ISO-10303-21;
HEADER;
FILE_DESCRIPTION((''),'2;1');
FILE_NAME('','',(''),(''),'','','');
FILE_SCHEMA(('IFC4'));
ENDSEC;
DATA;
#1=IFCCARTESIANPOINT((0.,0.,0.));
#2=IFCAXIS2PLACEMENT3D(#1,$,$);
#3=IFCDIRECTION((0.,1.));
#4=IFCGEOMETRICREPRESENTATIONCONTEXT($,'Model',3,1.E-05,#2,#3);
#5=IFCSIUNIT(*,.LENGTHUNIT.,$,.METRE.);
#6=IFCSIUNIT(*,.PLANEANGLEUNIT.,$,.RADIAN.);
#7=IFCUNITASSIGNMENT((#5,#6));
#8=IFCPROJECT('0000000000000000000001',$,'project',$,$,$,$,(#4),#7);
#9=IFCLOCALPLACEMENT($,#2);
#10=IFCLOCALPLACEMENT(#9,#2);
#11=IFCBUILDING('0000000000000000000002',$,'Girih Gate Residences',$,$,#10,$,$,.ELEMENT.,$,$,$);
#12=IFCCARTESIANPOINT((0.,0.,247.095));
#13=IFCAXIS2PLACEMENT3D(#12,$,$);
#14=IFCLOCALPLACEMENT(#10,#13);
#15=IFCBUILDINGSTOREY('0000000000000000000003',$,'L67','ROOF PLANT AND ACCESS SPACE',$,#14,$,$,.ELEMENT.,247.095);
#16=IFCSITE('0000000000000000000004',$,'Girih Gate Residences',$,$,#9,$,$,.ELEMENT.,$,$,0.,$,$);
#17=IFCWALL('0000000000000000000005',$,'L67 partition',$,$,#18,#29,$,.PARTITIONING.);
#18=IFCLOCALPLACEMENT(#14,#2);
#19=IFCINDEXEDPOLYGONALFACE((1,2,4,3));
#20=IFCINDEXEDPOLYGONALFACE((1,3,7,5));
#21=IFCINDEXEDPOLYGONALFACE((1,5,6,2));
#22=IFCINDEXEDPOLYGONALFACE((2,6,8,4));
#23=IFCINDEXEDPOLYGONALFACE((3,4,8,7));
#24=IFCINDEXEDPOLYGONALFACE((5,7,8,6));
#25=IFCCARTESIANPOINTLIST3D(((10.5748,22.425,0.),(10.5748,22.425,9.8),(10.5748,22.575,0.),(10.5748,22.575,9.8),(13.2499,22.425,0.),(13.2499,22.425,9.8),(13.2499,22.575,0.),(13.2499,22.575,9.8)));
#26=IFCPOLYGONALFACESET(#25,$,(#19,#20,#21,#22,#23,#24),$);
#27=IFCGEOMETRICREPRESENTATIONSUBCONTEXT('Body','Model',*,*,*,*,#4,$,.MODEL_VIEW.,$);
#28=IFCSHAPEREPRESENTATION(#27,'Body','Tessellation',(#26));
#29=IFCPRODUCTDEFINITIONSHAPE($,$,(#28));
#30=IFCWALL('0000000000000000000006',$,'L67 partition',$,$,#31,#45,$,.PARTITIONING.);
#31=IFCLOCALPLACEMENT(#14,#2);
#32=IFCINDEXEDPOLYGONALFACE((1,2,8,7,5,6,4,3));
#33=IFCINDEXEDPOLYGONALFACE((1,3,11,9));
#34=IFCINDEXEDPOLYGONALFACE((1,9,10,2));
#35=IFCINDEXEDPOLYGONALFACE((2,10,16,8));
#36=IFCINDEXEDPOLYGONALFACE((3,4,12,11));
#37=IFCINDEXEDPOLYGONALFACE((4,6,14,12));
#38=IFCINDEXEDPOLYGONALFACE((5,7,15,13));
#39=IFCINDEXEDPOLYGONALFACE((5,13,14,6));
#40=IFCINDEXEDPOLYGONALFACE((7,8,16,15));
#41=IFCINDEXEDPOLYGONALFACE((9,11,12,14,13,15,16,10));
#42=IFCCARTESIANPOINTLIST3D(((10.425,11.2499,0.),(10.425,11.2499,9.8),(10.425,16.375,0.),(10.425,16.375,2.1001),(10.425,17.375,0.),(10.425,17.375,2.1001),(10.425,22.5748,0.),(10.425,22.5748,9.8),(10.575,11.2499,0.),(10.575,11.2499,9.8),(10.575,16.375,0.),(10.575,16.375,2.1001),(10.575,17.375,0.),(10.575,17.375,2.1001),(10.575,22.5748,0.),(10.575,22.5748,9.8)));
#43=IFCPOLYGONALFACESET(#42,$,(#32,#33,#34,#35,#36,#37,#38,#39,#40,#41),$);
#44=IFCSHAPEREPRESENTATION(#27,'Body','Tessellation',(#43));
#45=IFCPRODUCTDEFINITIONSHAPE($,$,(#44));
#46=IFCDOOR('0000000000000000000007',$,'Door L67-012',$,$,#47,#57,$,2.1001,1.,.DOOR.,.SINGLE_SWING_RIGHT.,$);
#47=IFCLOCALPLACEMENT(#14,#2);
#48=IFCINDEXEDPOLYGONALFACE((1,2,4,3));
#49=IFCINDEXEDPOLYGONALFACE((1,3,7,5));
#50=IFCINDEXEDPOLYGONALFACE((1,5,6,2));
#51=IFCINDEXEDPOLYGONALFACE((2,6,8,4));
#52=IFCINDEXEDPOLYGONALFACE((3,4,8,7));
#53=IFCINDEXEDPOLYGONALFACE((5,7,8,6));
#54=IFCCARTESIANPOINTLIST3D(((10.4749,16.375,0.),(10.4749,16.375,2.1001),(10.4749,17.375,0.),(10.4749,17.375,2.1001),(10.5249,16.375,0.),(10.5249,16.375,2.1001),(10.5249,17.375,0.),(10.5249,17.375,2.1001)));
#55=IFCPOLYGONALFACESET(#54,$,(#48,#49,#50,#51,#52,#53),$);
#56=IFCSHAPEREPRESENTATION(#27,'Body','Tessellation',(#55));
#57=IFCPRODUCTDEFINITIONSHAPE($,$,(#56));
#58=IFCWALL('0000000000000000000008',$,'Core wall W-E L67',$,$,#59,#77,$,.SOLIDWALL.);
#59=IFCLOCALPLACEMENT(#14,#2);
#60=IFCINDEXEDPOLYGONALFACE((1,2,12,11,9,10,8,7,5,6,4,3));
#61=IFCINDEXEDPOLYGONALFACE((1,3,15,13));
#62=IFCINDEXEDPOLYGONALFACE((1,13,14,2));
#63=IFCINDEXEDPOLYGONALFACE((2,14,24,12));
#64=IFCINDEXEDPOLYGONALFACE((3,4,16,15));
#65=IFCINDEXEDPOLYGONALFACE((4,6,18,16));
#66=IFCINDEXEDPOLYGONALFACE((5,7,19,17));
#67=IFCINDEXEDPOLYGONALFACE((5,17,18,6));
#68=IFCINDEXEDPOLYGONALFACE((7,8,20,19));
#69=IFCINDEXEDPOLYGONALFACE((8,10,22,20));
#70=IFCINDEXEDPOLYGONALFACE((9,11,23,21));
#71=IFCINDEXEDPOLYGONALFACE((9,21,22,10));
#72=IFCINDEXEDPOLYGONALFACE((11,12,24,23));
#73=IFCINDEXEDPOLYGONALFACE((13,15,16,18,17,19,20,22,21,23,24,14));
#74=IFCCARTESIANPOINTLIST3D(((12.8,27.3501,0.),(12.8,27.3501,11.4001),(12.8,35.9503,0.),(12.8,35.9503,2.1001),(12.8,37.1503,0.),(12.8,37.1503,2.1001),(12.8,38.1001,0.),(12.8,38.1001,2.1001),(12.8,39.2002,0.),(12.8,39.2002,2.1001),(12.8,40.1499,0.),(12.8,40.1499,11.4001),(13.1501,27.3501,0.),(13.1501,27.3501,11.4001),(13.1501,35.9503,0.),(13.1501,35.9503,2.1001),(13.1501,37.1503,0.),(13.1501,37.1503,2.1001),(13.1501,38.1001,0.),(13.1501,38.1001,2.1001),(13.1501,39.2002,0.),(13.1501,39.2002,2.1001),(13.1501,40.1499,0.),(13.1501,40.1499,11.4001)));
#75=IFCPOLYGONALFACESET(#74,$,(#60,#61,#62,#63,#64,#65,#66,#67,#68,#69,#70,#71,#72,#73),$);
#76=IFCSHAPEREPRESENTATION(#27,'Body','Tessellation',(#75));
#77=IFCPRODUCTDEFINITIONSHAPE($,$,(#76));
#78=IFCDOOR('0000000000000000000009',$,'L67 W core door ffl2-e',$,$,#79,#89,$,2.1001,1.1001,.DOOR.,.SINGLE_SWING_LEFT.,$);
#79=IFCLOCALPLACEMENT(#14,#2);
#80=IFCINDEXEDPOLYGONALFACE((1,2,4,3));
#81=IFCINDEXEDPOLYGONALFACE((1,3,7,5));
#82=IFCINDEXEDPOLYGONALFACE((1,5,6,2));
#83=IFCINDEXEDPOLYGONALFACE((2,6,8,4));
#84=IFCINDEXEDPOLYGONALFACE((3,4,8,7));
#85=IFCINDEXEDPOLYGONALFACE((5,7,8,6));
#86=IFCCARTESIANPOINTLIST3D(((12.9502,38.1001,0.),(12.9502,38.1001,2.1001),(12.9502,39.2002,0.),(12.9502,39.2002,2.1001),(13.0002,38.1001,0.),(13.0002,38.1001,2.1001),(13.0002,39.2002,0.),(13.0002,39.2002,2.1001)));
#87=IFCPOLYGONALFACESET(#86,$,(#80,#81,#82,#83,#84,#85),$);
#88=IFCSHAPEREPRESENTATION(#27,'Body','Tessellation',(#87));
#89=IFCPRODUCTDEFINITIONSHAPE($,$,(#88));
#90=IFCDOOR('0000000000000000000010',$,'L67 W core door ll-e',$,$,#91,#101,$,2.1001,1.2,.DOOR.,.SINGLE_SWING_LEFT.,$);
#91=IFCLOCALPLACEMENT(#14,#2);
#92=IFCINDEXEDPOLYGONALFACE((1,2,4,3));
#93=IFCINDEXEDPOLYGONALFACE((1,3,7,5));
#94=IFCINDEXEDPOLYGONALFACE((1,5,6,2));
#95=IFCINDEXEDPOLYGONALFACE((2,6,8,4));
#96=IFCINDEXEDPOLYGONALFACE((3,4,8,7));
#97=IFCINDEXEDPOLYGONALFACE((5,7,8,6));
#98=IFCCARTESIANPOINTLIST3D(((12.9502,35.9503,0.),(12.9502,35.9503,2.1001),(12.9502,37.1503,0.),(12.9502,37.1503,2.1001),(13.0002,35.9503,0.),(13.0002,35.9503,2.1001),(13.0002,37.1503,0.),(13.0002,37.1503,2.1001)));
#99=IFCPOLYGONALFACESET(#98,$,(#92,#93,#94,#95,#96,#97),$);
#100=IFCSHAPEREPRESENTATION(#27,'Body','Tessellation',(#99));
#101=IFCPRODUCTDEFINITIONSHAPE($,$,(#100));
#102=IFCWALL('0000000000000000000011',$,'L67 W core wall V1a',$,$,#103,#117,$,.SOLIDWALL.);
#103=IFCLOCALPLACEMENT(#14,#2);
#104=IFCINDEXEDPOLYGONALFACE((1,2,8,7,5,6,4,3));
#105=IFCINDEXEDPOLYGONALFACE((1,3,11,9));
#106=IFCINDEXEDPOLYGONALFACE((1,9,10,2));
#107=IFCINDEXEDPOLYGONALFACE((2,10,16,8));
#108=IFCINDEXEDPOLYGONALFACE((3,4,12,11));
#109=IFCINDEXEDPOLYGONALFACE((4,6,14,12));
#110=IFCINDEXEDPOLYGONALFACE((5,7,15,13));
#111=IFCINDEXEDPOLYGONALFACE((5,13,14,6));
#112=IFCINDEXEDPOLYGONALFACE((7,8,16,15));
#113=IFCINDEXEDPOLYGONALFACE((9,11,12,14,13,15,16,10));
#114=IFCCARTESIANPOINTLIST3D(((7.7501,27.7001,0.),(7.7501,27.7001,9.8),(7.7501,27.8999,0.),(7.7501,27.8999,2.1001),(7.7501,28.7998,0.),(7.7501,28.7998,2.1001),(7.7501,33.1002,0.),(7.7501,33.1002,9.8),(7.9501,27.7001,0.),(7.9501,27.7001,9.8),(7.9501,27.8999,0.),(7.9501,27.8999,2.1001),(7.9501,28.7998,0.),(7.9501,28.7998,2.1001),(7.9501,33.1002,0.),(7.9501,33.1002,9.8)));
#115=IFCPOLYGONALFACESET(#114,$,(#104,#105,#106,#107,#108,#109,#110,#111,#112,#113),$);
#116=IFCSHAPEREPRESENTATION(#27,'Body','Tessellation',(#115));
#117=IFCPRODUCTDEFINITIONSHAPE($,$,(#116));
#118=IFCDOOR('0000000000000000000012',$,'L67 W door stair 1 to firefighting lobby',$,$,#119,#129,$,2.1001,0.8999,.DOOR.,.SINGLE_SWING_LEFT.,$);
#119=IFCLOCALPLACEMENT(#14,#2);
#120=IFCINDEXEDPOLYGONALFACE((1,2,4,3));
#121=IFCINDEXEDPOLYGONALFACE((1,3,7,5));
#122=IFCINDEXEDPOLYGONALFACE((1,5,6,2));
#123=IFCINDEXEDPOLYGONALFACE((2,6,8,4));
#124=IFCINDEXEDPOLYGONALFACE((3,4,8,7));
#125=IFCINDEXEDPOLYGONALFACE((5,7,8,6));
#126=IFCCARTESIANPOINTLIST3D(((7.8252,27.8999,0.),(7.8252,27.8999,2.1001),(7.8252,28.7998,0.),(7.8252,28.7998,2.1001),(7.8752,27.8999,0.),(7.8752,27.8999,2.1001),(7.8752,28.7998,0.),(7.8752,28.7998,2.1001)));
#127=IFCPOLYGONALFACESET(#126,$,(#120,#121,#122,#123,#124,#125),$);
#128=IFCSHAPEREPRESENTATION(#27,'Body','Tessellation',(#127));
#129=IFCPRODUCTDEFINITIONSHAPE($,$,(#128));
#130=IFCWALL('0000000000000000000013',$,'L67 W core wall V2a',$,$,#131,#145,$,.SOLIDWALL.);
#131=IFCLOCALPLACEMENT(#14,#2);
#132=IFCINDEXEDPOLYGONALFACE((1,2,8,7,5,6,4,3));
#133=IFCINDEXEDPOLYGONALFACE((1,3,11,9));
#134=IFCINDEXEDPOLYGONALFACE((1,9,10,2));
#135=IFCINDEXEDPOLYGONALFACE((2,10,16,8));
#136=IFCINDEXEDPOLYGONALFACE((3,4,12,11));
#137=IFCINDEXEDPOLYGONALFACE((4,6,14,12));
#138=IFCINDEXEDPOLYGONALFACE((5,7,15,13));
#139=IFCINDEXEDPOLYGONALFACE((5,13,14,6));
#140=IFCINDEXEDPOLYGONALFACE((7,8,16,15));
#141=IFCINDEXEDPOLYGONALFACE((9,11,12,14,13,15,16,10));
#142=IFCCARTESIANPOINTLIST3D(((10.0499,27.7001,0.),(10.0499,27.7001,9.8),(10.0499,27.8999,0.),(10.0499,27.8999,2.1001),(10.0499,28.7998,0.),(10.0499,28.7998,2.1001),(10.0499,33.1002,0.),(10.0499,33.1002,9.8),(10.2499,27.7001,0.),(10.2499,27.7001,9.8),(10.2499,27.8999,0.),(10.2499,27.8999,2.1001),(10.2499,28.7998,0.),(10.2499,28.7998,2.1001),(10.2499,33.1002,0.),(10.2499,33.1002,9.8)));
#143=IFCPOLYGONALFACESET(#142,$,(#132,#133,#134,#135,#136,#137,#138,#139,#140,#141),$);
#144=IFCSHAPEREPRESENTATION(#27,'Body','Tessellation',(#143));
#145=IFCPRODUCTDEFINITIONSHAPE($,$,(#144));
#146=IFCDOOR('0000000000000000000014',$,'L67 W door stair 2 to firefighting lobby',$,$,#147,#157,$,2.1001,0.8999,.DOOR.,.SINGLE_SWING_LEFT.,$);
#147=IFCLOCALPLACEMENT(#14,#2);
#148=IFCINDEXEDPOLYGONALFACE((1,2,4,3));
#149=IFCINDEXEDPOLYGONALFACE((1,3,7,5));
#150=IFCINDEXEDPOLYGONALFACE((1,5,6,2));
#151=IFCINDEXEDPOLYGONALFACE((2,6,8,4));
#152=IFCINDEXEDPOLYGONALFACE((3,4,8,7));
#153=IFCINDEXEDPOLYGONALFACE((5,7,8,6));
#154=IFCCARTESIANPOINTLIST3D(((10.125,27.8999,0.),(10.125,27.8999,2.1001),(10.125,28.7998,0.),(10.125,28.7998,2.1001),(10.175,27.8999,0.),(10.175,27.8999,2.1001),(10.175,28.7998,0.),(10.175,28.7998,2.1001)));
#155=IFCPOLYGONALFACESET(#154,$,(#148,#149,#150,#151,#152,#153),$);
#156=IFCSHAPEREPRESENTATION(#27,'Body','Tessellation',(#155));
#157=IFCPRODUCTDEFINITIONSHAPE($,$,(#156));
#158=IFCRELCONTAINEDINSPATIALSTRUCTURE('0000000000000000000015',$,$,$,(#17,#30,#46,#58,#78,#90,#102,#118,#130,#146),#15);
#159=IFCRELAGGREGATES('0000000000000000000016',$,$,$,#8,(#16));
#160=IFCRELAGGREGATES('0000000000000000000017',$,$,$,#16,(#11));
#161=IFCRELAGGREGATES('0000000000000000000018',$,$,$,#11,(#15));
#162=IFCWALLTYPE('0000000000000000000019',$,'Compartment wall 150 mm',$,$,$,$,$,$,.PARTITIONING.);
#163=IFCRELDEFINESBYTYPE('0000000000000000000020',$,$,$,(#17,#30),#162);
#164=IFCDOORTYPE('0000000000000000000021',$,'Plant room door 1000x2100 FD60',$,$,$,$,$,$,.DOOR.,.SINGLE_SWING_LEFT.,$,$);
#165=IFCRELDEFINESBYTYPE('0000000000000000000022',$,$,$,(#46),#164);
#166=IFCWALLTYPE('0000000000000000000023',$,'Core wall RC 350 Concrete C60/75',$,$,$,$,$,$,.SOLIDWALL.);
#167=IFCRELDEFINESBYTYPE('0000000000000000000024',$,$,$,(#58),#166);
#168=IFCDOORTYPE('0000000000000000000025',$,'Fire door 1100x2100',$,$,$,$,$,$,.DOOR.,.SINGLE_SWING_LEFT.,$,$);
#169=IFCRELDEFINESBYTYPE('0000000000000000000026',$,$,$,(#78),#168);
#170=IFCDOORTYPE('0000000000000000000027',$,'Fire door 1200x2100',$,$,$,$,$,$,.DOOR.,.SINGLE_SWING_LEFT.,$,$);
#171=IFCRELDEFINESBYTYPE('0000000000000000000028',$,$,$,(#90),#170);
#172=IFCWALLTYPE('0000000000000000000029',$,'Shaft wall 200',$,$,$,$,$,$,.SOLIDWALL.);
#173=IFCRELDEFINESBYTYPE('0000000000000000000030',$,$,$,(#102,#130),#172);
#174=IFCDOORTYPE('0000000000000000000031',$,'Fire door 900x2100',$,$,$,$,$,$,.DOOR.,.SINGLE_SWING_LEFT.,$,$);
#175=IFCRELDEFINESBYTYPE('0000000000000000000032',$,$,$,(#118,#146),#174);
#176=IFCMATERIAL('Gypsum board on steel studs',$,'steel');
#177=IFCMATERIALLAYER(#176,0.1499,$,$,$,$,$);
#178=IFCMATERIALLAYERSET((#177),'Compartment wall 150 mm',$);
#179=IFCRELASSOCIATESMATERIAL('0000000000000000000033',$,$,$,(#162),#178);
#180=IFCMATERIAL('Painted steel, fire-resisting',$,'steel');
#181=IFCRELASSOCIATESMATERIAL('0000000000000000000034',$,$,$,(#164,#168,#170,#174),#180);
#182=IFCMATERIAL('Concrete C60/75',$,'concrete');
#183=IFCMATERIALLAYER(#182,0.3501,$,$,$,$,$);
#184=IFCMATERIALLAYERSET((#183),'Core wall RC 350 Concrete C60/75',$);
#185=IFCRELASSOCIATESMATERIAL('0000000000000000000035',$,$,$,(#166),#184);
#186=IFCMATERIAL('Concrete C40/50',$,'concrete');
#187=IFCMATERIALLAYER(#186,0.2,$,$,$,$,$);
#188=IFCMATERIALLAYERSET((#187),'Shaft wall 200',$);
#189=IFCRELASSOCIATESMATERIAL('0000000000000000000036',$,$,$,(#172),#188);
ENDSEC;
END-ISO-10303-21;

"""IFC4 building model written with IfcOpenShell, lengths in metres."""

from ifc_helpers import new_model, si_unit, direction, frame, frame_2d, origin, place, context, subcontext, project, spatial, rectangle, extrude, material, layer, layer_set, type_object, element, fill, save


model = new_model("IFC4")

# Units and contexts
model_context = context("Model", 3, precision=1e-05, world=origin(), true_north=direction((0.0, 1.0)))
body_context = subcontext(model_context, "Body", "Model", "MODEL_VIEW")
ifc_project = project(units=[si_unit("LENGTHUNIT", "METRE"), si_unit("PLANEANGLEUNIT", "RADIAN")], contexts=[model_context])

# Site, building, storey
site_placement = place(None, origin())
site = spatial("IfcSite", under=ifc_project, at=site_placement, Name="Girih Gate Residences", CompositionType="ELEMENT", RefElevation=0.0)
building_placement = place(site_placement, origin())
building = spatial("IfcBuilding", under=site, at=building_placement, Name="Girih Gate Residences", CompositionType="ELEMENT")
storey_placement = place(building_placement, frame((0.0, 0.0, 247.095)))
storey = spatial("IfcBuildingStorey", under=building, at=storey_placement, Name="L67", Description="ROOF PLANT AND ACCESS SPACE", CompositionType="ELEMENT", Elevation=247.095)

# Wall
ifc_material_1 = material(Name="Gypsum board on steel studs", Category="steel")
ifc_layer_1 = layer(ifc_material_1, 0.1499)
ifc_layer_set_1 = layer_set([ifc_layer_1], Name="Compartment wall 150 mm")
wall_type_1 = type_object("IfcWallType", Name="Compartment wall 150 mm", PredefinedType="PARTITIONING", material=ifc_layer_set_1)
wall_1_placement = place(storey_placement, frame((10.575, 22.5, 0.0), z_axis=(0.0, 0.0, 1.0), x_axis=(1.0, 0.0, 0.0)))
element("IfcWall", 1, at=wall_1_placement, inside=storey, type_object=wall_type_1, Name="L67 partition", PredefinedType="PARTITIONING", context=body_context, shape_type="SweptSolid", body=[
    extrude(rectangle(XDim=2.675, YDim=0.1499, at=frame_2d((1.3374, 0.0))), origin(), (0.0, 0.0, 1.0), 9.8),
])

# Wall, opening, door
wall_2_placement = place(storey_placement, frame((10.5, 22.575, 0.0), z_axis=(0.0, 0.0, 1.0), x_axis=(0.0, -1.0, 0.0)))
wall_2 = element("IfcWall", 2, at=wall_2_placement, inside=storey, type_object=wall_type_1, Name="L67 partition", PredefinedType="PARTITIONING", context=body_context, shape_type="SweptSolid", body=[
    extrude(rectangle(XDim=11.325, YDim=0.1499, at=frame_2d((5.6626, 0.0))), origin(), (0.0, 0.0, 1.0), 9.8),
])
opening_1_placement = place(wall_2_placement, frame((5.2, 0.0, 0.0)))
opening_1 = element("IfcOpeningElement", 3, at=opening_1_placement, cuts=wall_2, PredefinedType="OPENING", context=body_context, shape_type="SweptSolid", body=[
    extrude(rectangle(XDim=1.0, YDim=2.1001, at=frame_2d((0.5, 1.05))), frame((0.0, 0.085, 0.0), z_axis=(0.0, -1.0, 0.0), x_axis=(1.0, 0.0, 0.0)), (0.0, 0.0, 1.0), 0.1699),
])
ifc_material_2 = material(Name="Painted steel, fire-resisting", Category="steel")
door_type_1 = type_object("IfcDoorType", Name="Plant room door 1000x2100 FD60", OperationType="SINGLE_SWING_LEFT", PredefinedType="DOOR", material=ifc_material_2)
door_1_placement = place(opening_1_placement, origin())
door_1 = element("IfcDoor", 4, at=door_1_placement, inside=storey, type_object=door_type_1, Name="Door L67-012", OperationType="SINGLE_SWING_RIGHT", OverallHeight=2.1001, OverallWidth=1.0, PredefinedType="DOOR", context=body_context, shape_type="SweptSolid", body=[
    extrude(rectangle(XDim=1.0, YDim=2.1001, at=frame_2d((0.5, 1.05))), frame((0.0, 0.0249, 0.0), z_axis=(0.0, -1.0, 0.0), x_axis=(1.0, 0.0, 0.0)), (0.0, 0.0, 1.0), 0.05),
])
fill(opening_1, door_1)

# Wall, openings, doors
ifc_material_3 = material(Name="Concrete C60/75", Category="concrete")
ifc_layer_2 = layer(ifc_material_3, 0.3501)
ifc_layer_set_2 = layer_set([ifc_layer_2], Name="Core wall RC 350 Concrete C60/75")
wall_type_2 = type_object("IfcWallType", Name="Core wall RC 350 Concrete C60/75", PredefinedType="SOLIDWALL", material=ifc_layer_set_2)
wall_3_placement = place(storey_placement, frame((12.9751, 27.3501, 0.0), z_axis=(0.0, 0.0, 1.0), x_axis=(0.0, 1.0, 0.0)))
wall_3 = element("IfcWall", 5, at=wall_3_placement, inside=storey, type_object=wall_type_2, Name="Core wall W-E L67", PredefinedType="SOLIDWALL", context=body_context, shape_type="SweptSolid", body=[
    extrude(rectangle(XDim=12.7998, YDim=0.3501, at=frame_2d((6.3999, 0.0))), origin(), (0.0, 0.0, 1.0), 11.4001),
])
opening_2_placement = place(wall_3_placement, frame((10.75, 0.0, 0.0)))
opening_2 = element("IfcOpeningElement", 6, at=opening_2_placement, cuts=wall_3, PredefinedType="OPENING", context=body_context, shape_type="SweptSolid", body=[
    extrude(rectangle(XDim=1.1001, YDim=2.1001, at=frame_2d((0.55, 1.05))), frame((0.0, 0.1851, 0.0), z_axis=(0.0, -1.0, 0.0), x_axis=(1.0, 0.0, 0.0)), (0.0, 0.0, 1.0), 0.3701),
])
opening_3_placement = place(wall_3_placement, frame((8.6001, 0.0, 0.0)))
opening_3 = element("IfcOpeningElement", 7, at=opening_3_placement, cuts=wall_3, PredefinedType="OPENING", context=body_context, shape_type="SweptSolid", body=[
    extrude(rectangle(XDim=1.2, YDim=2.1001, at=frame_2d((0.6001, 1.05))), frame((0.0, 0.1851, 0.0), z_axis=(0.0, -1.0, 0.0), x_axis=(1.0, 0.0, 0.0)), (0.0, 0.0, 1.0), 0.3701),
])
door_type_2 = type_object("IfcDoorType", Name="Fire door 1100x2100", OperationType="SINGLE_SWING_LEFT", PredefinedType="DOOR", material=ifc_material_2)
door_2_placement = place(opening_2_placement, origin())
door_2 = element("IfcDoor", 8, at=door_2_placement, inside=storey, type_object=door_type_2, Name="L67 W core door ffl2-e", OperationType="SINGLE_SWING_LEFT", OverallHeight=2.1001, OverallWidth=1.1001, PredefinedType="DOOR", context=body_context, shape_type="SweptSolid", body=[
    extrude(rectangle(XDim=1.1001, YDim=2.1001, at=frame_2d((0.55, 1.05))), frame((0.0, 0.0249, 0.0), z_axis=(0.0, -1.0, 0.0), x_axis=(1.0, 0.0, 0.0)), (0.0, 0.0, 1.0), 0.05),
])
fill(opening_2, door_2)
door_type_3 = type_object("IfcDoorType", Name="Fire door 1200x2100", OperationType="SINGLE_SWING_LEFT", PredefinedType="DOOR", material=ifc_material_2)
door_3_placement = place(opening_3_placement, origin())
door_3 = element("IfcDoor", 9, at=door_3_placement, inside=storey, type_object=door_type_3, Name="L67 W core door ll-e", OperationType="SINGLE_SWING_LEFT", OverallHeight=2.1001, OverallWidth=1.2, PredefinedType="DOOR", context=body_context, shape_type="SweptSolid", body=[
    extrude(rectangle(XDim=1.2, YDim=2.1001, at=frame_2d((0.6001, 1.05))), frame((0.0, 0.0249, 0.0), z_axis=(0.0, -1.0, 0.0), x_axis=(1.0, 0.0, 0.0)), (0.0, 0.0, 1.0), 0.05),
])
fill(opening_3, door_3)

# Walls, openings, doors
ifc_material_4 = material(Name="Concrete C40/50", Category="concrete")
ifc_layer_3 = layer(ifc_material_4, 0.2)
ifc_layer_set_3 = layer_set([ifc_layer_3], Name="Shaft wall 200")
wall_type_3 = type_object("IfcWallType", Name="Shaft wall 200", PredefinedType="SOLIDWALL", material=ifc_layer_set_3)
wall_4_placement = place(storey_placement, frame((7.8501, 27.7, 0.0), z_axis=(0.0, 0.0, 1.0), x_axis=(0.0, 1.0, 0.0)))
wall_4 = element("IfcWall", 10, at=wall_4_placement, inside=storey, type_object=wall_type_3, Name="L67 W core wall V1a", PredefinedType="SOLIDWALL", context=body_context, shape_type="SweptSolid", body=[
    extrude(rectangle(XDim=5.4001, YDim=0.2, at=frame_2d((2.7002, 0.0))), origin(), (0.0, 0.0, 1.0), 9.8),
])
opening_4_placement = place(wall_4_placement, frame((0.2, 0.0, 0.0)))
opening_4 = element("IfcOpeningElement", 11, at=opening_4_placement, cuts=wall_4, PredefinedType="OPENING", context=body_context, shape_type="SweptSolid", body=[
    extrude(rectangle(XDim=0.8999, YDim=2.1001, at=frame_2d((0.45, 1.05))), frame((0.0, 0.1099, 0.0), z_axis=(0.0, -1.0, 0.0), x_axis=(1.0, 0.0, 0.0)), (0.0, 0.0, 1.0), 0.22),
])
door_type_4 = type_object("IfcDoorType", Name="Fire door 900x2100", OperationType="SINGLE_SWING_LEFT", PredefinedType="DOOR", material=ifc_material_2)
door_4_placement = place(opening_4_placement, origin())
door_4 = element("IfcDoor", 12, at=door_4_placement, inside=storey, type_object=door_type_4, Name="L67 W door stair 1 to firefighting lobby", OperationType="SINGLE_SWING_LEFT", OverallHeight=2.1001, OverallWidth=0.8999, PredefinedType="DOOR", context=body_context, shape_type="SweptSolid", body=[
    extrude(rectangle(XDim=0.8999, YDim=2.1001, at=frame_2d((0.45, 1.05))), frame((0.0, 0.0249, 0.0), z_axis=(0.0, -1.0, 0.0), x_axis=(1.0, 0.0, 0.0)), (0.0, 0.0, 1.0), 0.05),
])
fill(opening_4, door_4)
wall_5_placement = place(storey_placement, frame((10.1499, 27.7, 0.0), z_axis=(0.0, 0.0, 1.0), x_axis=(0.0, 1.0, 0.0)))
wall_5 = element("IfcWall", 13, at=wall_5_placement, inside=storey, type_object=wall_type_3, Name="L67 W core wall V2a", PredefinedType="SOLIDWALL", context=body_context, shape_type="SweptSolid", body=[
    extrude(rectangle(XDim=5.4001, YDim=0.2, at=frame_2d((2.7002, 0.0))), origin(), (0.0, 0.0, 1.0), 9.8),
])
opening_5_placement = place(wall_5_placement, frame((0.2, 0.0, 0.0)))
opening_5 = element("IfcOpeningElement", 14, at=opening_5_placement, cuts=wall_5, PredefinedType="OPENING", context=body_context, shape_type="SweptSolid", body=[
    extrude(rectangle(XDim=0.8999, YDim=2.1001, at=frame_2d((0.45, 1.05))), frame((0.0, 0.1099, 0.0), z_axis=(0.0, -1.0, 0.0), x_axis=(1.0, 0.0, 0.0)), (0.0, 0.0, 1.0), 0.22),
])
door_5_placement = place(opening_5_placement, origin())
door_5 = element("IfcDoor", 15, at=door_5_placement, inside=storey, type_object=door_type_4, Name="L67 W door stair 2 to firefighting lobby", OperationType="SINGLE_SWING_LEFT", OverallHeight=2.1001, OverallWidth=0.8999, PredefinedType="DOOR", context=body_context, shape_type="SweptSolid", body=[
    extrude(rectangle(XDim=0.8999, YDim=2.1001, at=frame_2d((0.45, 1.05))), frame((0.0, 0.0249, 0.0), z_axis=(0.0, -1.0, 0.0), x_axis=(1.0, 0.0, 0.0)), (0.0, 0.0, 1.0), 0.05),
])
fill(opening_5, door_5)

save(model, "model.ifc")
